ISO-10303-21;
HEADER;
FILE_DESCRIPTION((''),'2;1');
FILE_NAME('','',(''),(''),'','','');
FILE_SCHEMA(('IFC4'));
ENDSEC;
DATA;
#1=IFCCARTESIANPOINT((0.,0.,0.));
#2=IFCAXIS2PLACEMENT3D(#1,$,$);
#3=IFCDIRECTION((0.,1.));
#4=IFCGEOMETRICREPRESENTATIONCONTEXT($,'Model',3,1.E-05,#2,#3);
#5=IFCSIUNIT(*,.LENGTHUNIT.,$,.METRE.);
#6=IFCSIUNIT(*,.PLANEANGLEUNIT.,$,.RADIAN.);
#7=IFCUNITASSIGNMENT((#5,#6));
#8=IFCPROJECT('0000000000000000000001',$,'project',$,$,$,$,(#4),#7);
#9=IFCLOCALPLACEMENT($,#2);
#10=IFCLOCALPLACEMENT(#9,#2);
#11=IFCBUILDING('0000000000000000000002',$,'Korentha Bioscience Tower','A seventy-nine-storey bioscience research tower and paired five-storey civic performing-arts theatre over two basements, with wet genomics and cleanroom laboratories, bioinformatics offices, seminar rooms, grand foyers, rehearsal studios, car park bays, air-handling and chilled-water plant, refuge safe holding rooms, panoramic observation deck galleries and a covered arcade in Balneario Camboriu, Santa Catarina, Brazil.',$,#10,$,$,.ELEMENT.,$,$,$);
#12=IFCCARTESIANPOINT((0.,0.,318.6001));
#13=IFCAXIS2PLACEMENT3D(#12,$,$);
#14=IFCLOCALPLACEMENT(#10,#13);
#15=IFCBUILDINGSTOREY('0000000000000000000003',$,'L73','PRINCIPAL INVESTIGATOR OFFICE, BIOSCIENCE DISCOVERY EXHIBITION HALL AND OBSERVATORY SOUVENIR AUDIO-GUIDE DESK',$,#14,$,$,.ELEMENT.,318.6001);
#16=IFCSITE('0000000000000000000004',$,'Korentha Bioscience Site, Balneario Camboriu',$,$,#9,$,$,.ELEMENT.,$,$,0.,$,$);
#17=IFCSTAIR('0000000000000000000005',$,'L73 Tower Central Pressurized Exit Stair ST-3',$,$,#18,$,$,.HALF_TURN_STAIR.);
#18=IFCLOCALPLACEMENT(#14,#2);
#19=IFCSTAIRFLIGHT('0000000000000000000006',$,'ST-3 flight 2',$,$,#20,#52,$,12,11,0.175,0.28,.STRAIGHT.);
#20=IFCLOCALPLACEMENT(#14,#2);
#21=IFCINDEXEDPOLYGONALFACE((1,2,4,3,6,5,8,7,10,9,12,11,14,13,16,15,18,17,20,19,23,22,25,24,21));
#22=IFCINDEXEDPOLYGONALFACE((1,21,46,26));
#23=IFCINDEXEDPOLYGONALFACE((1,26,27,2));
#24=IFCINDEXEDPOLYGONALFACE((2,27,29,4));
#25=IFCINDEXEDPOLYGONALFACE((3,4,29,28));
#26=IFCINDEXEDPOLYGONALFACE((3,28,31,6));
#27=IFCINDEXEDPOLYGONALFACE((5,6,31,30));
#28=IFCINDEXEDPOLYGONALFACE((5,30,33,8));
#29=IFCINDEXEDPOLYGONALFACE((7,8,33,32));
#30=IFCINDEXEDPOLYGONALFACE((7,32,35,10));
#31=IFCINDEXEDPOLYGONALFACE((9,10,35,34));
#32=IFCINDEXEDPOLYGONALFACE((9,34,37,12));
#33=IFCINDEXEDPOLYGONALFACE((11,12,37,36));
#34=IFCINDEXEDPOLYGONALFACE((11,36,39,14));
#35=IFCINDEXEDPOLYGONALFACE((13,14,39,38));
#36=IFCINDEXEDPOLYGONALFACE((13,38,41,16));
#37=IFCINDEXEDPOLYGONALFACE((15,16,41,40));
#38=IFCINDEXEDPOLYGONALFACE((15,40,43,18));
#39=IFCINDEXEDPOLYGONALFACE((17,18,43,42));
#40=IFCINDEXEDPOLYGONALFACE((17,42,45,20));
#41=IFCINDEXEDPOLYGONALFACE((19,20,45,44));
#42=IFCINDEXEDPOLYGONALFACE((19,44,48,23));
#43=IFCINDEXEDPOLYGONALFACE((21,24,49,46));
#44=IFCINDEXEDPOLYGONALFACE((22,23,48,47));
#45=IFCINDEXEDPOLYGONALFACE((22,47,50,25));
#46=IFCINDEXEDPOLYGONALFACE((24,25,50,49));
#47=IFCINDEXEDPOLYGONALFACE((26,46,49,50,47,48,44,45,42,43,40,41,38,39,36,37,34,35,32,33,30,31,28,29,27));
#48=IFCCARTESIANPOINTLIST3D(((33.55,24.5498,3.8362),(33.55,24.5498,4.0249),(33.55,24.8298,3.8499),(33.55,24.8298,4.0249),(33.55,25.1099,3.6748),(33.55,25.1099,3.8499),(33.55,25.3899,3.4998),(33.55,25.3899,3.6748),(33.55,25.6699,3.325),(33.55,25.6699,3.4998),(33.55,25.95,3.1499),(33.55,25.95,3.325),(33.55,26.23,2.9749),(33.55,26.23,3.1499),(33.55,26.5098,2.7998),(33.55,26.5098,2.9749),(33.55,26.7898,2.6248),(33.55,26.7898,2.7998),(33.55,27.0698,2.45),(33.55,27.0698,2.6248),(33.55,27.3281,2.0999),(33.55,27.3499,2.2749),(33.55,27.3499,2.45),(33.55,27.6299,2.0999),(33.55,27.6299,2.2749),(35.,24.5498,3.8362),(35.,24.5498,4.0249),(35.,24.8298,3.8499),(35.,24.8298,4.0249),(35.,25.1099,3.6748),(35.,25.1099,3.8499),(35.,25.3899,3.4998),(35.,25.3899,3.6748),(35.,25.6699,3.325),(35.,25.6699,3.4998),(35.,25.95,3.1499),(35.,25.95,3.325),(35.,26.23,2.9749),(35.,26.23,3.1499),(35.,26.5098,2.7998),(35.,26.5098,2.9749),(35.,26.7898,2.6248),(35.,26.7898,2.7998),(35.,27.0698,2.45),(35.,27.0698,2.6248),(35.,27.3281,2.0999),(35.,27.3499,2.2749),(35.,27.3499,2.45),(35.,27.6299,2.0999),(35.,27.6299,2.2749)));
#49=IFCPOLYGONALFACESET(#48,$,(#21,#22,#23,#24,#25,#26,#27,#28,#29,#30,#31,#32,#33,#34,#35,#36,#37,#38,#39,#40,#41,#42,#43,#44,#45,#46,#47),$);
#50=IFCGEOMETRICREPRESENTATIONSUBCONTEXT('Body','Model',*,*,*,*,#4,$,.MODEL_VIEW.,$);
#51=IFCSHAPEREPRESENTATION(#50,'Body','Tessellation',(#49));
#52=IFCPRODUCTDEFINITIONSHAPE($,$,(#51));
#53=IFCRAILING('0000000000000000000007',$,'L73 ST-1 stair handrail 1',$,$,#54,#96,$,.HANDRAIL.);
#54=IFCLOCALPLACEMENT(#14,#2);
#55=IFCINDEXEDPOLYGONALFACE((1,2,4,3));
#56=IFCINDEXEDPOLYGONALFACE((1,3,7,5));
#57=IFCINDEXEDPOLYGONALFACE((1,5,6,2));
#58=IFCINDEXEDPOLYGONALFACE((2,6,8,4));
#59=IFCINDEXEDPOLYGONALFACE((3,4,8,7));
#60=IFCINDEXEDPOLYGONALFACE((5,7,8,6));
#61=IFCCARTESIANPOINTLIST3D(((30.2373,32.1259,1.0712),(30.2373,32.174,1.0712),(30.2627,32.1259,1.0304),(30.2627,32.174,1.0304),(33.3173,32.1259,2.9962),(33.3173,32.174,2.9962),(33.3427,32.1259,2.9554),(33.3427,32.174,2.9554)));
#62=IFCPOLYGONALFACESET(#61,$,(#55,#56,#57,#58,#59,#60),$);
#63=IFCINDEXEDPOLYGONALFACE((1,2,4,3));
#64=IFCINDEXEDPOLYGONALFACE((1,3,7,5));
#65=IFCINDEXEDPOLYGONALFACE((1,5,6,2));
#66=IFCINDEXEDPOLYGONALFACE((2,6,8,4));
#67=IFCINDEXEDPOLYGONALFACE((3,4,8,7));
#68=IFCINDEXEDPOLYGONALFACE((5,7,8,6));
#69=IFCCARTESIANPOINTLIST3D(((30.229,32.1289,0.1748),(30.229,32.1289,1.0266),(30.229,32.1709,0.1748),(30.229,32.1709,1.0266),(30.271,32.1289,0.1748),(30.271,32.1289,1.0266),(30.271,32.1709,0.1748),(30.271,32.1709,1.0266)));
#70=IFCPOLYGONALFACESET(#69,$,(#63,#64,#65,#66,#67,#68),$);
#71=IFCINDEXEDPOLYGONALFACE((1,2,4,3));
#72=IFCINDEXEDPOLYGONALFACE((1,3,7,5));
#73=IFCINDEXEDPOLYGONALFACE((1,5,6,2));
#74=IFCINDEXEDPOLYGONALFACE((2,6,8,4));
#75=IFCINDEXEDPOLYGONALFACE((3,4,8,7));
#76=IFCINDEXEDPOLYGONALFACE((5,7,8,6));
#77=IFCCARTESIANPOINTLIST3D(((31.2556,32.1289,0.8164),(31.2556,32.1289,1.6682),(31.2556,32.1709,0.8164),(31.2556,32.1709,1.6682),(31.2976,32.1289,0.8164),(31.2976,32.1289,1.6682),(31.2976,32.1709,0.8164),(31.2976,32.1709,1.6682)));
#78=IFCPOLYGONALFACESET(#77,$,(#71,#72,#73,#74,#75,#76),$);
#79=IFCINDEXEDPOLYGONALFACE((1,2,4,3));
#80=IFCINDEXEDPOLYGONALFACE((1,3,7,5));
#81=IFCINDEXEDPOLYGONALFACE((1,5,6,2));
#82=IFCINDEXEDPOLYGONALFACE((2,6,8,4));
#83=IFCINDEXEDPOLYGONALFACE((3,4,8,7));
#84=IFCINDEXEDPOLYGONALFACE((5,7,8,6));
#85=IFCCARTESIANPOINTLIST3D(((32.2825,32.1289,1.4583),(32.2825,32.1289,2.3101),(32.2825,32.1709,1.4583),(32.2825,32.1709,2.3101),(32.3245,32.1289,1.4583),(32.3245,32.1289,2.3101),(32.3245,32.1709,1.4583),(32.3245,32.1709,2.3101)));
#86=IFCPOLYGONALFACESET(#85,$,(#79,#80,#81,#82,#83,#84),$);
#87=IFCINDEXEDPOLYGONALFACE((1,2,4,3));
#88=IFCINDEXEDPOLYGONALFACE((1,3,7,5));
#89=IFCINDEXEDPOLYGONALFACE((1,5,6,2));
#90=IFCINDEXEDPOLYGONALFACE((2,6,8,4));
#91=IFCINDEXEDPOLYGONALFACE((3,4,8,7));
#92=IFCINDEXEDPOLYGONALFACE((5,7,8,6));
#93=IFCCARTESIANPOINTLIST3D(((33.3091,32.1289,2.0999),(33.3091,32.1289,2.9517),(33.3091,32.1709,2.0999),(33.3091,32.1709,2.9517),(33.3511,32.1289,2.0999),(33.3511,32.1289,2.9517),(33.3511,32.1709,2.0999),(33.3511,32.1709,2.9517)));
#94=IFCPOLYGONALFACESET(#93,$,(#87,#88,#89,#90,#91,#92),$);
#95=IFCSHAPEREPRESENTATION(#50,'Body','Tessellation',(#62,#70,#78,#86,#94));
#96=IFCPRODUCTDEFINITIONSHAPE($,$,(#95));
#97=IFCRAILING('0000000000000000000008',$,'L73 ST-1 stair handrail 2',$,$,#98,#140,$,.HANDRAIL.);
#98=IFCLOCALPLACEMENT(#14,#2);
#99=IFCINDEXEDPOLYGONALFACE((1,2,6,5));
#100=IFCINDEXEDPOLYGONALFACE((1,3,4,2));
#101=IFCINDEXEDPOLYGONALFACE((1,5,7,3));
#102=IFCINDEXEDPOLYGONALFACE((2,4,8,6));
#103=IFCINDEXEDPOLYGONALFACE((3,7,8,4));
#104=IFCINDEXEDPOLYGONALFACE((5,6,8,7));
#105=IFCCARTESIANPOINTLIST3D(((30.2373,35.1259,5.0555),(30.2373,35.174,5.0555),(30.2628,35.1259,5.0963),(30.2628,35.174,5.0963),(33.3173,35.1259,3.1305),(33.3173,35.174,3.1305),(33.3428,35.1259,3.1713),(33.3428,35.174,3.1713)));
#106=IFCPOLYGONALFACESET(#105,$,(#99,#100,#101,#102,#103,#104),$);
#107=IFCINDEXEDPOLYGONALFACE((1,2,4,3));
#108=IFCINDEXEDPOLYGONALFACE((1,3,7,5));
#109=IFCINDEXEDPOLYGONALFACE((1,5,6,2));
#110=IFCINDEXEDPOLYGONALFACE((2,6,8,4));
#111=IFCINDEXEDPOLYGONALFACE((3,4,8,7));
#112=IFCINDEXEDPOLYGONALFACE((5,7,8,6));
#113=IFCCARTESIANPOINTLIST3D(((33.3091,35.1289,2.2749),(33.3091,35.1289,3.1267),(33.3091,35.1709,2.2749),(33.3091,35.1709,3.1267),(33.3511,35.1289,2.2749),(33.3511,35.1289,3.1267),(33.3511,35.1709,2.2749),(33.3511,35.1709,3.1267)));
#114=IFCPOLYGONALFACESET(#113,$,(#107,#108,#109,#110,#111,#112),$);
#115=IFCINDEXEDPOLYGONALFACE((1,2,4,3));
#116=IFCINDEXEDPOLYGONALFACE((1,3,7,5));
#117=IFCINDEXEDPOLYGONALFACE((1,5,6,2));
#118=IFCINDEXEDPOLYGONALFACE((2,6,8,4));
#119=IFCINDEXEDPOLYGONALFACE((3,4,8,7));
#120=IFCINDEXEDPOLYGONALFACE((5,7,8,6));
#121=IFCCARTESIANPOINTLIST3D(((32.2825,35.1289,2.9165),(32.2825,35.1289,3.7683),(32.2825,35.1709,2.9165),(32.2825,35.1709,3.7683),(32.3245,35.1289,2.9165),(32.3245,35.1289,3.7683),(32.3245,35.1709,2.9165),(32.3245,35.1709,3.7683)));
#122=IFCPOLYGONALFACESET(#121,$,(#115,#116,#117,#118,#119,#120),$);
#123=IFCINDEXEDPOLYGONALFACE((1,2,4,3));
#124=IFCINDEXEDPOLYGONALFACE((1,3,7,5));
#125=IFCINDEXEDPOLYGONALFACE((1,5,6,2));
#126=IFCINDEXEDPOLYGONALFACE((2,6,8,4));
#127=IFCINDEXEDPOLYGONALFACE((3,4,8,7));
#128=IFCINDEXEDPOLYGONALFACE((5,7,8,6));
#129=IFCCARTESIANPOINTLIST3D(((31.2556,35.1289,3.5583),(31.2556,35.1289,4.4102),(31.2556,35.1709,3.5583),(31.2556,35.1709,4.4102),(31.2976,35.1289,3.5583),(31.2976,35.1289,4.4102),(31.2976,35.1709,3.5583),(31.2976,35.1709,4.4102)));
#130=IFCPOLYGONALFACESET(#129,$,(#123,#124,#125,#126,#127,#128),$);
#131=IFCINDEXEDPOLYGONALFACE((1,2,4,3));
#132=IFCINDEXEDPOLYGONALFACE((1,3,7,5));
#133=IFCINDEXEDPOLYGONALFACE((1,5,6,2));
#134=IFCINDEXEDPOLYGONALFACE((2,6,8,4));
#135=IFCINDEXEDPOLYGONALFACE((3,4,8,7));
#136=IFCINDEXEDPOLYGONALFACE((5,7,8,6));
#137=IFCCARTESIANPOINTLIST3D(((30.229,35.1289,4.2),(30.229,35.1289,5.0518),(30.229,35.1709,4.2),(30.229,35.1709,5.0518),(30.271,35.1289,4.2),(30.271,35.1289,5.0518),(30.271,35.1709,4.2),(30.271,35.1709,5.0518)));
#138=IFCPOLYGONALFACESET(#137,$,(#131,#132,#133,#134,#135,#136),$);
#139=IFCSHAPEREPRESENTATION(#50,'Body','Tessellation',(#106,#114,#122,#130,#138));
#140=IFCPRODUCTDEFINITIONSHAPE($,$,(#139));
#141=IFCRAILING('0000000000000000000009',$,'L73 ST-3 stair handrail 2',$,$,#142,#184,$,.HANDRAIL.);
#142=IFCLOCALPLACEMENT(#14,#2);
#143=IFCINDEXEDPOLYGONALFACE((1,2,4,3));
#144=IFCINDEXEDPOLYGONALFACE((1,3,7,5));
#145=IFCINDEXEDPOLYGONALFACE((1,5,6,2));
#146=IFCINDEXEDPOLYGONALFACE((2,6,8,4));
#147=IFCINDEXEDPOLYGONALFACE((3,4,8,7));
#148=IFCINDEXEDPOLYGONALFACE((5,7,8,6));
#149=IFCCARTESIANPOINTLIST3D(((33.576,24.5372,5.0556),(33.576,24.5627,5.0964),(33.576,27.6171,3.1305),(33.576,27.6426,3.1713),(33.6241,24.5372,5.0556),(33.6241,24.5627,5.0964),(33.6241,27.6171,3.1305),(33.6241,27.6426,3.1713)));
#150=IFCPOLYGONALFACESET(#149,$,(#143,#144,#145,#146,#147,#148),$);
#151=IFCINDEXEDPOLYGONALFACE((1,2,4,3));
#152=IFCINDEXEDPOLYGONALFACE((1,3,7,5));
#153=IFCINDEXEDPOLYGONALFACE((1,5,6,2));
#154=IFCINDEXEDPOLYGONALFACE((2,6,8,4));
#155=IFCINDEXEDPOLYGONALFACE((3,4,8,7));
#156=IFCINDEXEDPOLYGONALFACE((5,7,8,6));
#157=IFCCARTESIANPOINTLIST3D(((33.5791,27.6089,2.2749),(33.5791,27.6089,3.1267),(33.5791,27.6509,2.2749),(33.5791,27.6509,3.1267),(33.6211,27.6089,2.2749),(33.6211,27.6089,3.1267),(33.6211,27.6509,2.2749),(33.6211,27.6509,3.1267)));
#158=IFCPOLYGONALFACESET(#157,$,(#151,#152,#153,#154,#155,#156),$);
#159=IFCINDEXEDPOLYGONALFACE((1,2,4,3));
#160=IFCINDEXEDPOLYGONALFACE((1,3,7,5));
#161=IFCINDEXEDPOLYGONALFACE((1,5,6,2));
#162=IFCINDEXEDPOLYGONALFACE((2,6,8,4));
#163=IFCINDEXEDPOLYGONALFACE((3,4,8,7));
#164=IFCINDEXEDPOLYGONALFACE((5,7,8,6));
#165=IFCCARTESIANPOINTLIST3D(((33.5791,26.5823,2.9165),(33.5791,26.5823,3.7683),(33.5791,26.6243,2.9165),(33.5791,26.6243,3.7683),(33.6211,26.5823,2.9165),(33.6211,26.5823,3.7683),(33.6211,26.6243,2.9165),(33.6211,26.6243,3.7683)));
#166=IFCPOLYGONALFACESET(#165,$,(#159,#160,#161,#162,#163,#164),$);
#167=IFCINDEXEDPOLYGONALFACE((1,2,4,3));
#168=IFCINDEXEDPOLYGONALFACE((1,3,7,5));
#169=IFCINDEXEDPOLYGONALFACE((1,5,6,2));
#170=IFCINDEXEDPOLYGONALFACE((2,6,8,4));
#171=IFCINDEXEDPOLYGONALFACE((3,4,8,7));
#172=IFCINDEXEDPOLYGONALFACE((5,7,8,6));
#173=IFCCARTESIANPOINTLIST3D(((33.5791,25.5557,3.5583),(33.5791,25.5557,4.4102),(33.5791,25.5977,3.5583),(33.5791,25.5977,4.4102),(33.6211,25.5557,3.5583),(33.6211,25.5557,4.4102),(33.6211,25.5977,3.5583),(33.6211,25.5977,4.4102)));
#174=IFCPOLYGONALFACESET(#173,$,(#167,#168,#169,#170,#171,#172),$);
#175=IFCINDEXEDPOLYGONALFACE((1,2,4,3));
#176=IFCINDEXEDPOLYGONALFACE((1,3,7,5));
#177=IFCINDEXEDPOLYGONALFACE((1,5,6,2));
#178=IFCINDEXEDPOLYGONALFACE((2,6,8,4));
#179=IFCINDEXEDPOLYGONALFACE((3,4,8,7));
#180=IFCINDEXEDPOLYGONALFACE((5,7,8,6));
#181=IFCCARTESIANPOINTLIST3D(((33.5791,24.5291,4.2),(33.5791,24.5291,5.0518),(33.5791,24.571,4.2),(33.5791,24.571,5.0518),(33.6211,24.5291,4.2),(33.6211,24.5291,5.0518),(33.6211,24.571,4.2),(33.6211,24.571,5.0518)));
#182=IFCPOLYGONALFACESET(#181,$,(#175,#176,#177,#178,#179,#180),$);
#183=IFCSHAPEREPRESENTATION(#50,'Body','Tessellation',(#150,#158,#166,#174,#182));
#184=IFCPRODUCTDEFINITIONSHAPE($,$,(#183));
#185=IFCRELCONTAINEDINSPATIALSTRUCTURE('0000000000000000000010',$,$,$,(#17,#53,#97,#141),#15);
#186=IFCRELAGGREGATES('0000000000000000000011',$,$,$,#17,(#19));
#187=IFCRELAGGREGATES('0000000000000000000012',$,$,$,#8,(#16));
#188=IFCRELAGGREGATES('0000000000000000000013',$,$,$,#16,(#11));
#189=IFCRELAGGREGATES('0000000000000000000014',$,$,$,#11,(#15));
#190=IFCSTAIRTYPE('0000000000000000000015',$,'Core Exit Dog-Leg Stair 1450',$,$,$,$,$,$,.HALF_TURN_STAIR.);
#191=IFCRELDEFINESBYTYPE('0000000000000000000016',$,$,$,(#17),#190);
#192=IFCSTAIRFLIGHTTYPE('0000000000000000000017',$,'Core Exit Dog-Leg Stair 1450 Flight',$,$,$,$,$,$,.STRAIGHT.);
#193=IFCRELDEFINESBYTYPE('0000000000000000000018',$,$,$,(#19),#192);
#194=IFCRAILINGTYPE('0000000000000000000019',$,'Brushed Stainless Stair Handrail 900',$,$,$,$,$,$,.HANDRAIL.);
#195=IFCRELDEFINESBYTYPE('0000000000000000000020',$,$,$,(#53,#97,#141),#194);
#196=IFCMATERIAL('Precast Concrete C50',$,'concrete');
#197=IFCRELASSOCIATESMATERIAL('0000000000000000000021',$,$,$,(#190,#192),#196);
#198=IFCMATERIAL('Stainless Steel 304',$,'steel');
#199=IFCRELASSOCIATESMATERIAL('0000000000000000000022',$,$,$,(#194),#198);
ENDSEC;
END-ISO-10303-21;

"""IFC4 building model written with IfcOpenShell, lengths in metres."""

from ifc_helpers import new_model, si_unit, direction, frame, origin, origin_2d, place, context, subcontext, project, spatial, polyline, rectangle, outline, extrude, material, type_object, element, aggregate, save


model = new_model("IFC4")

# Units and contexts
model_context = context("Model", 3, precision=1e-05, world=origin(), true_north=direction((0.0, 1.0)))
body_context = subcontext(model_context, "Body", "Model", "MODEL_VIEW")
ifc_project = project(units=[si_unit("LENGTHUNIT", "METRE"), si_unit("PLANEANGLEUNIT", "RADIAN")], contexts=[model_context])

# Site, building, storey
site_placement = place(None, origin())
site = spatial("IfcSite", under=ifc_project, at=site_placement, Name="Korentha Bioscience Site, Balneario Camboriu", CompositionType="ELEMENT", RefElevation=0.0)
building_placement = place(site_placement, origin())
building = spatial("IfcBuilding", under=site, at=building_placement, Name="Korentha Bioscience Tower", Description="A seventy-nine-storey bioscience research tower and paired five-storey civic performing-arts theatre over two basements, with wet genomics and cleanroom laboratories, bioinformatics offices, seminar rooms, grand foyers, rehearsal studios, car park bays, air-handling and chilled-water plant, refuge safe holding rooms, panoramic observation deck galleries and a covered arcade in Balneario Camboriu, Santa Catarina, Brazil.", CompositionType="ELEMENT")
storey_placement = place(building_placement, frame((0.0, 0.0, 318.6001)))
storey = spatial("IfcBuildingStorey", under=building, at=storey_placement, Name="L73", Description="PRINCIPAL INVESTIGATOR OFFICE, BIOSCIENCE DISCOVERY EXHIBITION HALL AND OBSERVATORY SOUVENIR AUDIO-GUIDE DESK", CompositionType="ELEMENT", Elevation=318.6001)

# Shared definitions
ifc_material_1 = material(Name="Precast Concrete C50", Category="concrete")
stair_type = type_object("IfcStairType", Name="Core Exit Dog-Leg Stair 1450", PredefinedType="HALF_TURN_STAIR", material=ifc_material_1)
stair_flight_type = type_object("IfcStairFlightType", Name="Core Exit Dog-Leg Stair 1450 Flight", PredefinedType="STRAIGHT", material=ifc_material_1)

# Stair, stair flight
stair_1_placement = place(storey_placement, origin())
stair_1 = element("IfcStair", 1, at=stair_1_placement, inside=storey, type_object=stair_type, Name="L73 Tower Central Pressurized Exit Stair ST-3", PredefinedType="HALF_TURN_STAIR")
stair_flight_1_placement = place(storey_placement, frame((34.2749, 27.6299, 2.0999), z_axis=(0.0, 0.0, 1.0), x_axis=(0.0, -1.0, 0.0)))
stair_flight_1 = element("IfcStairFlight", 2, at=stair_flight_1_placement, type_object=stair_flight_type, Name="ST-3 flight 2", NumberOfRisers=12, NumberOfTreads=11, PredefinedType="STRAIGHT", RiserHeight=0.175, TreadLength=0.28, context=body_context, shape_type="SweptSolid", body=[
    extrude(outline(polyline([(0.0, 0.0), (0.0, 0.175), (0.28, 0.175), (0.28, 0.3501), (0.5601, 0.3501), (0.5601, 0.5249), (0.8401, 0.5249), (0.8401, 0.7), (1.1201, 0.7), (1.1201, 0.875), (1.3999, 0.875), (1.3999, 1.05), (1.6799, 1.05), (1.6799, 1.2251), (1.96, 1.2251), (1.96, 1.3999), (2.24, 1.3999), (2.24, 1.575), (2.52, 1.575), (2.52, 1.75), (2.8, 1.75), (2.8, 1.925), (3.0801, 1.925), (3.0801, 2.1001), (3.0801, 1.7363), (0.3018, 0.0), (0.0, 0.0)])), frame((0.0, 0.7251, 0.0), z_axis=(0.0, -1.0, 0.0), x_axis=(1.0, 0.0, 0.0)), (0.0, 0.0, 1.0), 1.45),
])
aggregate(stair_1, [stair_flight_1])

# Railings
ifc_material_2 = material(Name="Stainless Steel 304", Category="steel")
railing_type_1 = type_object("IfcRailingType", Name="Brushed Stainless Stair Handrail 900", PredefinedType="HANDRAIL", material=ifc_material_2)
railing_1_placement = place(storey_placement, frame((30.25, 32.1499, 0.1748)))
element("IfcRailing", 3, at=railing_1_placement, inside=storey, type_object=railing_type_1, Name="L73 ST-1 stair handrail 1", PredefinedType="HANDRAIL", context=body_context, shape_type="SweptSolid", body=[
    extrude(rectangle(XDim=0.0481, YDim=0.0481, at=origin_2d()), frame((0.0, 0.0, 0.876), z_axis=(0.847998, 0.0, 0.529999), x_axis=(0.0, 1.0, 0.0)), (0.0, 0.0, 1.0), 3.6321),
    extrude(rectangle(XDim=0.042, YDim=0.042, at=origin_2d()), origin(), (0.0, 0.0, 1.0), 0.8518),
    extrude(rectangle(XDim=0.042, YDim=0.042, at=origin_2d()), frame((1.0266, 0.0, 0.6416)), (0.0, 0.0, 1.0), 0.8518),
    extrude(rectangle(XDim=0.042, YDim=0.042, at=origin_2d()), frame((2.0535, 0.0, 1.2834)), (0.0, 0.0, 1.0), 0.8518),
    extrude(rectangle(XDim=0.042, YDim=0.042, at=origin_2d()), frame((3.0801, 0.0, 1.925)), (0.0, 0.0, 1.0), 0.8518),
])
railing_2_placement = place(storey_placement, frame((33.3301, 35.1499, 2.2749)))
element("IfcRailing", 4, at=railing_2_placement, inside=storey, type_object=railing_type_1, Name="L73 ST-1 stair handrail 2", PredefinedType="HANDRAIL", context=body_context, shape_type="SweptSolid", body=[
    extrude(rectangle(XDim=0.0481, YDim=0.0481, at=origin_2d()), frame((0.0, 0.0, 0.876), z_axis=(-0.847998, 0.0, 0.529999), x_axis=(0.0, -1.0, 0.0)), (0.0, 0.0, 1.0), 3.6321),
    extrude(rectangle(XDim=0.042, YDim=0.042, at=origin_2d()), origin(), (0.0, 0.0, 1.0), 0.8518),
    extrude(rectangle(XDim=0.042, YDim=0.042, at=origin_2d()), frame((-1.0266, 0.0, 0.6416)), (0.0, 0.0, 1.0), 0.8518),
    extrude(rectangle(XDim=0.042, YDim=0.042, at=origin_2d()), frame((-2.0535, 0.0, 1.2834)), (0.0, 0.0, 1.0), 0.8518),
    extrude(rectangle(XDim=0.042, YDim=0.042, at=origin_2d()), frame((-3.0801, 0.0, 1.925)), (0.0, 0.0, 1.0), 0.8518),
])
railing_3_placement = place(storey_placement, frame((33.6001, 27.6299, 2.2749)))
element("IfcRailing", 5, at=railing_3_placement, inside=storey, type_object=railing_type_1, Name="L73 ST-3 stair handrail 2", PredefinedType="HANDRAIL", context=body_context, shape_type="SweptSolid", body=[
    extrude(rectangle(XDim=0.0481, YDim=0.0481, at=origin_2d()), frame((0.0, 0.0, 0.876), z_axis=(0.0, -0.847979, 0.530029), x_axis=(1.0, 0.0, 0.0)), (0.0, 0.0, 1.0), 3.6321),
    extrude(rectangle(XDim=0.042, YDim=0.042, at=origin_2d()), origin(), (0.0, 0.0, 1.0), 0.8518),
    extrude(rectangle(XDim=0.042, YDim=0.042, at=origin_2d()), frame((0.0, -1.0266, 0.6416)), (0.0, 0.0, 1.0), 0.8518),
    extrude(rectangle(XDim=0.042, YDim=0.042, at=origin_2d()), frame((0.0, -2.0532, 1.2834)), (0.0, 0.0, 1.0), 0.8518),
    extrude(rectangle(XDim=0.042, YDim=0.042, at=origin_2d()), frame((0.0, -3.0798, 1.925)), (0.0, 0.0, 1.0), 0.8518),
])

save(model, "model.ifc")
